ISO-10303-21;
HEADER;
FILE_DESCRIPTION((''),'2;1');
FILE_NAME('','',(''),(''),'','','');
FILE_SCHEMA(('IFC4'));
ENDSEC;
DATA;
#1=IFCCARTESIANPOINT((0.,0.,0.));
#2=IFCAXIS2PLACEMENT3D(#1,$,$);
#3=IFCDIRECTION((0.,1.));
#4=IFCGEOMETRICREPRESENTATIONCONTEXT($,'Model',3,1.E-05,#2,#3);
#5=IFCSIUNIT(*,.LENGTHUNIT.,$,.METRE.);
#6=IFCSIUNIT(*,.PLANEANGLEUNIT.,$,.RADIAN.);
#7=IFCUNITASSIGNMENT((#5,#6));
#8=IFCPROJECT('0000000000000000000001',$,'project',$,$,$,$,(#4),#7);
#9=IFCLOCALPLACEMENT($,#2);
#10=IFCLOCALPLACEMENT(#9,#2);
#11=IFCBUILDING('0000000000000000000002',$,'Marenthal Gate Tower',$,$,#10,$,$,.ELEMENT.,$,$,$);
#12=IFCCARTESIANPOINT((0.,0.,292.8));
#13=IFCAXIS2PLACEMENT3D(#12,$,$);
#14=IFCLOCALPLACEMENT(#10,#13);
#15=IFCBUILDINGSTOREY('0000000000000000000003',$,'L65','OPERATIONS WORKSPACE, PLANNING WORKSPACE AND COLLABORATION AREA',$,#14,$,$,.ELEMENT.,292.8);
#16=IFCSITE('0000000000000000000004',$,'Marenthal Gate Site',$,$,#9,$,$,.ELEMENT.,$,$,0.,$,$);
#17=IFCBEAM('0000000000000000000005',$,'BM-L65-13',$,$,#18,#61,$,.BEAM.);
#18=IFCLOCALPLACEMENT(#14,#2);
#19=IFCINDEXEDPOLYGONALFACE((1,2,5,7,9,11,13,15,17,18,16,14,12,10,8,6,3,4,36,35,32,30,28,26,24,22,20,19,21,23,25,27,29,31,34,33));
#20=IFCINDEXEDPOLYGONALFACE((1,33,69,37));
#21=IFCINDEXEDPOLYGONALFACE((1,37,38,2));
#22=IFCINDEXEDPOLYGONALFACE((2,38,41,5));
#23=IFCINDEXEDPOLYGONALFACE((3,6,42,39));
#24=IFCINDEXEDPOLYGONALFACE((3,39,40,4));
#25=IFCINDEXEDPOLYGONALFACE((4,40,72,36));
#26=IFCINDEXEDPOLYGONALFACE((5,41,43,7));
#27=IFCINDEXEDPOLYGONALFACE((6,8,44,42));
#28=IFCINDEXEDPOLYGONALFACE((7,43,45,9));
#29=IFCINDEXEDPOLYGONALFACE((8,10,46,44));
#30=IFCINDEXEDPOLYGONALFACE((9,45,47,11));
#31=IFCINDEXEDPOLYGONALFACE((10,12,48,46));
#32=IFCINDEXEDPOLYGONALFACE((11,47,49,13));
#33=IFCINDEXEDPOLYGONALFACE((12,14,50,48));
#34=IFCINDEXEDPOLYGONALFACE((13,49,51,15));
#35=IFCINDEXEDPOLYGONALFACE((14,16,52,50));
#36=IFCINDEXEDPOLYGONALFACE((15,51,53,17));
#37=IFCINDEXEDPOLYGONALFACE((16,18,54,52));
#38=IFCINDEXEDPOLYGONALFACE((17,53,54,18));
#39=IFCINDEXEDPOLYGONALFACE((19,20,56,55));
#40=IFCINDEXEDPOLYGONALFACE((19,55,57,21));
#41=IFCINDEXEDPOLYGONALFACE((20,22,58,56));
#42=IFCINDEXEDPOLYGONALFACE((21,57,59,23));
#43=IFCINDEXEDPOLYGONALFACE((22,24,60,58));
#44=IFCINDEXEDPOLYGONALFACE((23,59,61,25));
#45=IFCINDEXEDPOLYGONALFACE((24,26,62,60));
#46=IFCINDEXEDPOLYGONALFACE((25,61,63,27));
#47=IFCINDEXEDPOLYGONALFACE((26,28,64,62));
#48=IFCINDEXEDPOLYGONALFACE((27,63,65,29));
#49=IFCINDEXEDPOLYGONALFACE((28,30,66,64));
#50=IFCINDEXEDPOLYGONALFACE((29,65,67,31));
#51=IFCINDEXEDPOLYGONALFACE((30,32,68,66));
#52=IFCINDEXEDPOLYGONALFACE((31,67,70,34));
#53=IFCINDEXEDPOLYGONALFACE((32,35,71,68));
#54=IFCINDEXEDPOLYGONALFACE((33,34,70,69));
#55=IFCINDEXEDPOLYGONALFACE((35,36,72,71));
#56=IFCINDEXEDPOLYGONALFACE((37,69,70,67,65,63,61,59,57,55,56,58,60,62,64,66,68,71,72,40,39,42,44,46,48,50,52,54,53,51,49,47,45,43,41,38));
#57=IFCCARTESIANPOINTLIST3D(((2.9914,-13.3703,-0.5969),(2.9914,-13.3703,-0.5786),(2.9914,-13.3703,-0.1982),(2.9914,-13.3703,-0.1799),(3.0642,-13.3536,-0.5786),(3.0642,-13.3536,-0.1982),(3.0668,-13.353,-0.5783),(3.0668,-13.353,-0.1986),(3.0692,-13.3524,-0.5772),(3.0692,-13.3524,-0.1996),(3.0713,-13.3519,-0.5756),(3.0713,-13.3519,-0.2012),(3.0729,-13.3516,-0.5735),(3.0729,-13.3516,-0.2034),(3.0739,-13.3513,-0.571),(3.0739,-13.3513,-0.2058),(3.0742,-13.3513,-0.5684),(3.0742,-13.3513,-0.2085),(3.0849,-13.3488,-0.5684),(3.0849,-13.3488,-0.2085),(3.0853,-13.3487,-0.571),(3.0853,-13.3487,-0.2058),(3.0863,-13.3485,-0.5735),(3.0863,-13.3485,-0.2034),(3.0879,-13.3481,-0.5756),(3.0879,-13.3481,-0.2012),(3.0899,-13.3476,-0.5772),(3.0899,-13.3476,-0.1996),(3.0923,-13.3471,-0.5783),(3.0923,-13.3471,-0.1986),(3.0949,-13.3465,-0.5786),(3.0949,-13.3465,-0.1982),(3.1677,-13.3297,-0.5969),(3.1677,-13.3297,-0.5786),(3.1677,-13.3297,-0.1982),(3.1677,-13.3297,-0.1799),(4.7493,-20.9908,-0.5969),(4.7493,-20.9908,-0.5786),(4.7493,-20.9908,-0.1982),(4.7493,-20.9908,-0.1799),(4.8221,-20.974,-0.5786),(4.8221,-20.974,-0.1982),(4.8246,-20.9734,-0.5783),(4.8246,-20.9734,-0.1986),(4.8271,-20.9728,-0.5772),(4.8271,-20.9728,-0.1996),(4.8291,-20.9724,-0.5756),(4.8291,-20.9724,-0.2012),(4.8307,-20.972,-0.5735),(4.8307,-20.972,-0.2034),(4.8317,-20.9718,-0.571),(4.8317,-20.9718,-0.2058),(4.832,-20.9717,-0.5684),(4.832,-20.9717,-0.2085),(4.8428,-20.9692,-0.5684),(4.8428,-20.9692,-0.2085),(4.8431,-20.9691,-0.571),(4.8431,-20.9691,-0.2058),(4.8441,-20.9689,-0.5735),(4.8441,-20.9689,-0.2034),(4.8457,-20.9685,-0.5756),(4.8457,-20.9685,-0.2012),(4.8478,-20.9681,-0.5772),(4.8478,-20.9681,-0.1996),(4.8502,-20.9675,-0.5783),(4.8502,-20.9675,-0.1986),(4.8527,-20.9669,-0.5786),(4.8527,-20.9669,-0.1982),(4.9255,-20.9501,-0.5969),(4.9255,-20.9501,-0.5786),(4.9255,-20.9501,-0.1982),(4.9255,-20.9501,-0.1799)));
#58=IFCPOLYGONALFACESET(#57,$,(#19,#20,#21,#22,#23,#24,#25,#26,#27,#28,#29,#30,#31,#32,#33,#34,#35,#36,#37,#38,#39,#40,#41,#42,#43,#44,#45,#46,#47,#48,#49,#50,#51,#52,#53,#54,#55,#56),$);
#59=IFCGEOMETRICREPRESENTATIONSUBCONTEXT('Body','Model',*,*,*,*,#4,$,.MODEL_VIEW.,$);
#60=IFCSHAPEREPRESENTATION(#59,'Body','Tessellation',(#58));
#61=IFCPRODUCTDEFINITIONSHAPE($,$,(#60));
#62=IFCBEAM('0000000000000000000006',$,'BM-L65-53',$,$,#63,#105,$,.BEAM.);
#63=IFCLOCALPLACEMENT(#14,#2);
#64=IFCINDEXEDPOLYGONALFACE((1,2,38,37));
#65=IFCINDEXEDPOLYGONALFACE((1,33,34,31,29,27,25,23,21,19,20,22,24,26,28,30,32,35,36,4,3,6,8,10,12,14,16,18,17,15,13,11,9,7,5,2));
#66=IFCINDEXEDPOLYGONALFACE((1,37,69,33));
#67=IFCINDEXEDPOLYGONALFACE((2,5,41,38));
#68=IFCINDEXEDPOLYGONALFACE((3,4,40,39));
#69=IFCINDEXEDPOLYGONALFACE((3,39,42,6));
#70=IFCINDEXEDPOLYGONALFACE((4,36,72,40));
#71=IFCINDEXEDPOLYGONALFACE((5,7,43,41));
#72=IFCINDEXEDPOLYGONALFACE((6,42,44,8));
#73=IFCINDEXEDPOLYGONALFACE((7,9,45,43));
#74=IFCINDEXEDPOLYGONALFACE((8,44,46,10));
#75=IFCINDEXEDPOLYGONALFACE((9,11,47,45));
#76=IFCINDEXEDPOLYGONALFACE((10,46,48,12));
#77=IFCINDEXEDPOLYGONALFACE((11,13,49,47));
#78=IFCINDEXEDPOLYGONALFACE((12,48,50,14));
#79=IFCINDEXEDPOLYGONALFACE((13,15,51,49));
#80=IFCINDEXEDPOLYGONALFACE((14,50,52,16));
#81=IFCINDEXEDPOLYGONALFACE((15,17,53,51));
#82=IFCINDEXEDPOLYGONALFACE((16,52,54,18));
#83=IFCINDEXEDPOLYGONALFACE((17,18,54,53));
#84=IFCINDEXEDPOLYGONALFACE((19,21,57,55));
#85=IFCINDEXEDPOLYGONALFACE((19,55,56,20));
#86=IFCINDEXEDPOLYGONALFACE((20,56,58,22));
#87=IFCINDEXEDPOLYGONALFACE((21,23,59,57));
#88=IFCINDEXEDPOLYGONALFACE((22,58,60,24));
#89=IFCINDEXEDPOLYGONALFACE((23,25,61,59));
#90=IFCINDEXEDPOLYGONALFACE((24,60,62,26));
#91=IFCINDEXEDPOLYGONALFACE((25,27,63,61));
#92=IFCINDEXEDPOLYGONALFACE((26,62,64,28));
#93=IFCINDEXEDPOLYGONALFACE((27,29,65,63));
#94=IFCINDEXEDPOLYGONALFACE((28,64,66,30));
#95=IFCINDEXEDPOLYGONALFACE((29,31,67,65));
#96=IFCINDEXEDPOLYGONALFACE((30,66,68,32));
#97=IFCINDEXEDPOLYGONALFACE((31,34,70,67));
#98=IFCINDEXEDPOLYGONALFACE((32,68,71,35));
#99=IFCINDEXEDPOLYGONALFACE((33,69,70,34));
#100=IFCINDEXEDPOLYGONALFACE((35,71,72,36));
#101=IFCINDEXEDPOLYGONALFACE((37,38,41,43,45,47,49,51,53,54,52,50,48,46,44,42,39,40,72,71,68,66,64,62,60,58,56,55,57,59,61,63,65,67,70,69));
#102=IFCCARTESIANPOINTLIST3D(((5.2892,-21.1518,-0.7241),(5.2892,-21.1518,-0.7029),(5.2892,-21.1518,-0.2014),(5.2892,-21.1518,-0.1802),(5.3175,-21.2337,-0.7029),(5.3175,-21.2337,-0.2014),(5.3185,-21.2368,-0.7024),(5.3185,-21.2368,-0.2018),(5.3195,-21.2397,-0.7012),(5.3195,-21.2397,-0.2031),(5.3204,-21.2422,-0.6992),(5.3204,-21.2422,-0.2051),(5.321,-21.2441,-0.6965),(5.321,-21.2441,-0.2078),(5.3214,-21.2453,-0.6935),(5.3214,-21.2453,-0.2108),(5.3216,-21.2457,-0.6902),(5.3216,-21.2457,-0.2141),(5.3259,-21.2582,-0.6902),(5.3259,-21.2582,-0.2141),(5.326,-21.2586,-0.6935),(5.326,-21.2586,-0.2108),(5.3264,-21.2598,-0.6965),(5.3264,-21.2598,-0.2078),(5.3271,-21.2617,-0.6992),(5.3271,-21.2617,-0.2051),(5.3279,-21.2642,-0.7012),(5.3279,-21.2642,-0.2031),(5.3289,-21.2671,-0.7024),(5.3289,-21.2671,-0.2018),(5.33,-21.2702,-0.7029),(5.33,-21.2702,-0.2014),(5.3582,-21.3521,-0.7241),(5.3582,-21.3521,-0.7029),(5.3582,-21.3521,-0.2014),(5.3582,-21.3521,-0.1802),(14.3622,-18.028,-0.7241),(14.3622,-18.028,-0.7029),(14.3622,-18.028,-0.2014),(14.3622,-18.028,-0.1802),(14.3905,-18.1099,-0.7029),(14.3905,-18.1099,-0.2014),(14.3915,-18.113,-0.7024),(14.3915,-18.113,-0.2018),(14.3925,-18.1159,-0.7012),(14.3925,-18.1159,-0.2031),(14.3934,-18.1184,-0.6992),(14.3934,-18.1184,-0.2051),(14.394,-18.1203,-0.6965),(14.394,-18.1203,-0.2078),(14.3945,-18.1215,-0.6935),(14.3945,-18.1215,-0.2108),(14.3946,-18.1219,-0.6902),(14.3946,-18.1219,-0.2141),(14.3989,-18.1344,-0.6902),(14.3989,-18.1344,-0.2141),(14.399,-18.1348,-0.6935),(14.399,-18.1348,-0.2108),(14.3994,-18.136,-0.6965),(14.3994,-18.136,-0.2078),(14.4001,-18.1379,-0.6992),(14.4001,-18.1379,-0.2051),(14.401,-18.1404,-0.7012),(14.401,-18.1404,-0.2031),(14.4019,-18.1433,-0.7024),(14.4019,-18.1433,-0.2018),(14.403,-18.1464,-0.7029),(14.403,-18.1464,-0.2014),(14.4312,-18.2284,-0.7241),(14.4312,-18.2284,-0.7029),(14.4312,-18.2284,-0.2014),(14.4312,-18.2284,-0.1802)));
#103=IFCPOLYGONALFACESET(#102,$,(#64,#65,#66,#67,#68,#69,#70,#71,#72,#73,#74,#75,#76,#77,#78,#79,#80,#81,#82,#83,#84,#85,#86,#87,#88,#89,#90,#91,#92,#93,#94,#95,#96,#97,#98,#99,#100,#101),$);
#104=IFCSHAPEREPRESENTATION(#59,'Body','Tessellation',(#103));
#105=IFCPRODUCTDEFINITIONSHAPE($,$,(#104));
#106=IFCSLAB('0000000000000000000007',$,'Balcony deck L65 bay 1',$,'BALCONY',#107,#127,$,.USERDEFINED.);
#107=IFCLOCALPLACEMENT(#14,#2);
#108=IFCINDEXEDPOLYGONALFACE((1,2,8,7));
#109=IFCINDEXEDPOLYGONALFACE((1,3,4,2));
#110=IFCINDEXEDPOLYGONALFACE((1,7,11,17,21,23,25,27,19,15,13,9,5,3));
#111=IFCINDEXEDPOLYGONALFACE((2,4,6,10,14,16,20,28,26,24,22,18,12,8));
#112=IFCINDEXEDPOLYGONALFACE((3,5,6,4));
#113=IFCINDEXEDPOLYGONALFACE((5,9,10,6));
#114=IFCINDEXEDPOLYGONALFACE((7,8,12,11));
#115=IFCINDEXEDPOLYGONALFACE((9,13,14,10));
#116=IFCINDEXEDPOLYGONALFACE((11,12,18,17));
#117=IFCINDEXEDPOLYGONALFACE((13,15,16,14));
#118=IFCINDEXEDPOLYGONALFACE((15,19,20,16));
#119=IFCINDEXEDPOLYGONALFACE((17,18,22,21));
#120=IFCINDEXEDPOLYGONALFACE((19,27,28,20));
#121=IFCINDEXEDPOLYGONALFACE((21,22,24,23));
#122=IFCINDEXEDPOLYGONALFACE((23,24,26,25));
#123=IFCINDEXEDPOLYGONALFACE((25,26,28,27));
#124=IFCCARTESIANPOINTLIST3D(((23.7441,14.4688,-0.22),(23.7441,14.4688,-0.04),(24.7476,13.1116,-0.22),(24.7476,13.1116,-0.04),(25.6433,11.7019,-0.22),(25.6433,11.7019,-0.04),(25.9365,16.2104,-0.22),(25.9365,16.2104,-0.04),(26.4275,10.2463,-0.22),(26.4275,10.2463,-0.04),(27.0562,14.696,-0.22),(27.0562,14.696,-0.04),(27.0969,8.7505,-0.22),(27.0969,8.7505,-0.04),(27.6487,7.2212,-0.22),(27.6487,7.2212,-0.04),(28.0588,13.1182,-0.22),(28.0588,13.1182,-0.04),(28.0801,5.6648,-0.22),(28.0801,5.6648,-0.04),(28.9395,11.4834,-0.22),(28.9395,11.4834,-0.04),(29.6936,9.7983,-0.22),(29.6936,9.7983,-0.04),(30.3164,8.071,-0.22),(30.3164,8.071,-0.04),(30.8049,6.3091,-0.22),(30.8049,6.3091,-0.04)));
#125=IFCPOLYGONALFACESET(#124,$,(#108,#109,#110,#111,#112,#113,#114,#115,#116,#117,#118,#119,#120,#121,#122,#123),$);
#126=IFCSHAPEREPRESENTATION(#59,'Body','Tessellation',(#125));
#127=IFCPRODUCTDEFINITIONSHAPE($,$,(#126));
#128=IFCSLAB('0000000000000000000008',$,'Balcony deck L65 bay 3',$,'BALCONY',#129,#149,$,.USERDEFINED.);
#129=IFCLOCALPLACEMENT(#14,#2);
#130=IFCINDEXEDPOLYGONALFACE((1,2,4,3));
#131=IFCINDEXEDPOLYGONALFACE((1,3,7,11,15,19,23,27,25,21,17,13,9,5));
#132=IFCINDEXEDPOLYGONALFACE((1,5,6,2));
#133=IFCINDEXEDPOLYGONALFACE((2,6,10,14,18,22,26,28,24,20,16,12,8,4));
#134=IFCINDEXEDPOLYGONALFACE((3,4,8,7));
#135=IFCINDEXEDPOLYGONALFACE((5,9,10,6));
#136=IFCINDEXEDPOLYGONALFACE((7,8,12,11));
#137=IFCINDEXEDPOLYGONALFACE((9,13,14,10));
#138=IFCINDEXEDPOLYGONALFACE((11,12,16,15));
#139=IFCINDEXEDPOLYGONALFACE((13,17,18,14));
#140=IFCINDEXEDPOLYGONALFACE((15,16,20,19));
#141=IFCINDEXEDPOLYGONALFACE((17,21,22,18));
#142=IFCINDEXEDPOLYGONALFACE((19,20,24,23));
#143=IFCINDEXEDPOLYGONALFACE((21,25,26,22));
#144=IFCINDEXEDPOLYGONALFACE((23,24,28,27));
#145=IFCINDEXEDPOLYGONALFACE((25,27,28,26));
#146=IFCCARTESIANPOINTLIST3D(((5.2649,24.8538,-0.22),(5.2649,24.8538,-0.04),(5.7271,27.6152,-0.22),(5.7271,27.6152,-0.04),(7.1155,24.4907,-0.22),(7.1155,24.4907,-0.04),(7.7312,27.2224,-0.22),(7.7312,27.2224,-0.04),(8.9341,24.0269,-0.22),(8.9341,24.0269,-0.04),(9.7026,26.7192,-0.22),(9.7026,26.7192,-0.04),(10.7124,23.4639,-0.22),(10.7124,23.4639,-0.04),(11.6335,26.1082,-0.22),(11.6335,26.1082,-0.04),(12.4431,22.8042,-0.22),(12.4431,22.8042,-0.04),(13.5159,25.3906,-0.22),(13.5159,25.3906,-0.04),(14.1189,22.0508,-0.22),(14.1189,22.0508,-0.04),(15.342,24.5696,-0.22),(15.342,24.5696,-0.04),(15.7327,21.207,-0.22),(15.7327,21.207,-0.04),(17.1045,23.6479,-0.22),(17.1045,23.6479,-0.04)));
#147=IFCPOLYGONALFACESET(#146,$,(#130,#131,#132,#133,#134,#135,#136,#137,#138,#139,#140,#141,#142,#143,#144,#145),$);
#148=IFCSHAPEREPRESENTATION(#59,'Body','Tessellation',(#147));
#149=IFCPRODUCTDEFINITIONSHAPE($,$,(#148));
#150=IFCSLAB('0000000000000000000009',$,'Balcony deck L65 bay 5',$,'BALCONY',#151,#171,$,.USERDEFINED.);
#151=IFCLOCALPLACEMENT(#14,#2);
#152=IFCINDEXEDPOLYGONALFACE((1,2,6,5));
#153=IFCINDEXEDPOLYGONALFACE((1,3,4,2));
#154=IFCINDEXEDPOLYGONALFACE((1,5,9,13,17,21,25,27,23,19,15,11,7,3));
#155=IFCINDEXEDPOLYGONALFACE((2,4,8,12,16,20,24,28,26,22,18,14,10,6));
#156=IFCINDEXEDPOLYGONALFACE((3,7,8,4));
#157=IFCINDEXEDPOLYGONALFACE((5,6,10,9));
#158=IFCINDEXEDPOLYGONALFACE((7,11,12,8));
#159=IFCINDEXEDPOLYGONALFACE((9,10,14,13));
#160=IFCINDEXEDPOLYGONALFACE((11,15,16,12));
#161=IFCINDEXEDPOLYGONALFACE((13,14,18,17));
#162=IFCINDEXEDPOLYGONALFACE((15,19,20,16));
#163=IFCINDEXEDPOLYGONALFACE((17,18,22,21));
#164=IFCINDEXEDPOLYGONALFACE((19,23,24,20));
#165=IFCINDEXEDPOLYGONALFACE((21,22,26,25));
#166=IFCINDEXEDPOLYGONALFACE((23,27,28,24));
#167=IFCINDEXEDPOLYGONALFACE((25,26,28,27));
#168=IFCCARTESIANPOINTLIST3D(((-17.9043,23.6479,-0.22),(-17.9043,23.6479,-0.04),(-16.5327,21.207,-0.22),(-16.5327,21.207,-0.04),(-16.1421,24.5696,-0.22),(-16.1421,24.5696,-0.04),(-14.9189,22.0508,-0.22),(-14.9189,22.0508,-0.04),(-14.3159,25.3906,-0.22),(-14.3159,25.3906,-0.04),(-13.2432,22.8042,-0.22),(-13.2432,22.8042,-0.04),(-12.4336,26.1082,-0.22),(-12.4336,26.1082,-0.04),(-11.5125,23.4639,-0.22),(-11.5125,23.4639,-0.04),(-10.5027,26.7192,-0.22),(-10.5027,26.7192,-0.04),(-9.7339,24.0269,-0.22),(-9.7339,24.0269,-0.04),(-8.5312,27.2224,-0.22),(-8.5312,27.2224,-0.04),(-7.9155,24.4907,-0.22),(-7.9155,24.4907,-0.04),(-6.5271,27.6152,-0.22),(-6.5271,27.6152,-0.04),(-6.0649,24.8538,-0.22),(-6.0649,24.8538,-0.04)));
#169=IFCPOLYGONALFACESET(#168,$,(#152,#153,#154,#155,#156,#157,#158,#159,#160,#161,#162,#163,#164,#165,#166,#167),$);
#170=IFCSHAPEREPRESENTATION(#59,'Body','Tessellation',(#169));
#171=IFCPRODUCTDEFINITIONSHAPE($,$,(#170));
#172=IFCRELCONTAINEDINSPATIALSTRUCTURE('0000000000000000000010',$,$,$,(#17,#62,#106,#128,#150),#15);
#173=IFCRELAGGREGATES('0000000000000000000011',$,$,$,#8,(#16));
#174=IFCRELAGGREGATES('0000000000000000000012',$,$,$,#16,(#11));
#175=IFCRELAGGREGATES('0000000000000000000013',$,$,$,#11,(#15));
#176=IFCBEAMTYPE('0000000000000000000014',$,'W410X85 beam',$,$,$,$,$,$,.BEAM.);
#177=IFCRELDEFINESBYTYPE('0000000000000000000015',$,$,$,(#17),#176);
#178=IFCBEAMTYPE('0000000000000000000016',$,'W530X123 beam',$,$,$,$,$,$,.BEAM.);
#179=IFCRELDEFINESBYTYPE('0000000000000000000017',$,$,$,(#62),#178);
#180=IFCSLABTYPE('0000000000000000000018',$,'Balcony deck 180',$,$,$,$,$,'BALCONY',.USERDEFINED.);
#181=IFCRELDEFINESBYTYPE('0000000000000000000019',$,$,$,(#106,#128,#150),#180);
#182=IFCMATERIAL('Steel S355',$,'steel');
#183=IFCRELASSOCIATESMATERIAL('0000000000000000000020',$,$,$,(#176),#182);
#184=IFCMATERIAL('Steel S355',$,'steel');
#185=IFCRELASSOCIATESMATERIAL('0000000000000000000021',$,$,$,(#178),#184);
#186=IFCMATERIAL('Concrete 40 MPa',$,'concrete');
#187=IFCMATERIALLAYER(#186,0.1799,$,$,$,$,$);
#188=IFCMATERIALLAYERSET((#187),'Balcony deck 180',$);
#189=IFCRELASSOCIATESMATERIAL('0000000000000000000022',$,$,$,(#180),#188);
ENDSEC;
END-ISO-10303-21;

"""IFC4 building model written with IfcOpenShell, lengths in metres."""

from ifc_helpers import new_model, si_unit, direction, frame, origin, origin_2d, place, context, subcontext, project, spatial, polyline, i_section, outline, extrude, material, layer, layer_set, material_profile, profile_set, type_object, element, save


model = new_model("IFC4")

# Units and contexts
model_context = context("Model", 3, precision=1e-05, world=origin(), true_north=direction((0.0, 1.0)))
body_context = subcontext(model_context, "Body", "Model", "MODEL_VIEW")
ifc_project = project(units=[si_unit("LENGTHUNIT", "METRE"), si_unit("PLANEANGLEUNIT", "RADIAN")], contexts=[model_context])

# Site, building, storey
site_placement = place(None, origin())
site = spatial("IfcSite", under=ifc_project, at=site_placement, Name="Marenthal Gate Site", CompositionType="ELEMENT", RefElevation=0.0)
building_placement = place(site_placement, origin())
building = spatial("IfcBuilding", under=site, at=building_placement, Name="Marenthal Gate Tower", CompositionType="ELEMENT")
storey_placement = place(building_placement, frame((0.0, 0.0, 292.8)))
storey = spatial("IfcBuildingStorey", under=building, at=storey_placement, Name="L65", Description="OPERATIONS WORKSPACE, PLANNING WORKSPACE AND COLLABORATION AREA", CompositionType="ELEMENT", Elevation=292.8)

# Beams
ifc_material_1 = material(Name="Steel S355", Category="steel")
ifc_material_profile_1 = material_profile(ifc_material_1, i_section(OverallWidth=0.1809, OverallDepth=0.417, WebThickness=0.011, FlangeThickness=0.0183, FilletRadius=0.0103, at=origin_2d()), Name="W410X85")
ifc_profile_set_1 = profile_set([ifc_material_profile_1], Name="Steel S355")
beam_type_1 = type_object("IfcBeamType", Name="W410X85 beam", PredefinedType="BEAM", material=ifc_profile_set_1)
beam_1_placement = place(storey_placement, frame((4.8374, -20.9705, -0.3884), z_axis=(-0.224771, 0.974412, 0.0), x_axis=(-0.974412, -0.224771, 0.0)))
element("IfcBeam", 1, at=beam_1_placement, inside=storey, type_object=beam_type_1, Name="BM-L65-13", PredefinedType="BEAM", context=body_context, shape_type="SweptSolid", body=[
    extrude(i_section(OverallWidth=0.1809, OverallDepth=0.417, WebThickness=0.011, FlangeThickness=0.0183, FilletRadius=0.0103, at=origin_2d()), origin(), (0.0, 0.0, 1.0), 7.8206),
])
ifc_material_2 = material(Name="Steel S355", Category="steel")
ifc_material_profile_2 = material_profile(ifc_material_2, i_section(OverallWidth=0.2119, OverallDepth=0.5439, WebThickness=0.0132, FlangeThickness=0.0212, FilletRadius=0.0127, at=origin_2d()), Name="W530X123")
ifc_profile_set_2 = profile_set([ifc_material_profile_2], Name="Steel S355")
beam_type_2 = type_object("IfcBeamType", Name="W530X123 beam", PredefinedType="BEAM", material=ifc_profile_set_2)
beam_2_placement = place(storey_placement, frame((5.3237, -21.252, -0.4521), z_axis=(0.945528, 0.32554, 0.0), x_axis=(-0.32554, 0.945528, 0.0)))
element("IfcBeam", 2, at=beam_2_placement, inside=storey, type_object=beam_type_2, Name="BM-L65-53", PredefinedType="BEAM", context=body_context, shape_type="SweptSolid", body=[
    extrude(i_section(OverallWidth=0.2119, OverallDepth=0.5439, WebThickness=0.0132, FlangeThickness=0.0212, FilletRadius=0.0127, at=origin_2d()), origin(), (0.0, 0.0, 1.0), 9.5957),
])

# Slabs
ifc_material_3 = material(Name="Concrete 40 MPa", Category="concrete")
ifc_layer_1 = layer(ifc_material_3, 0.1799)
ifc_layer_set_1 = layer_set([ifc_layer_1], Name="Balcony deck 180")
slab_type_1 = type_object("IfcSlabType", Name="Balcony deck 180", ElementType="BALCONY", PredefinedType="USERDEFINED", material=ifc_layer_set_1)
slab_1_placement = place(storey_placement, frame((0.0, 0.0, -0.22)))
element("IfcSlab", 3, at=slab_1_placement, inside=storey, type_object=slab_type_1, Name="Balcony deck L65 bay 1", ObjectType="BALCONY", PredefinedType="USERDEFINED", context=body_context, shape_type="SweptSolid", body=[
    extrude(outline(polyline([(28.0801, 5.6648), (27.6487, 7.2212), (27.0969, 8.7505), (26.4275, 10.2463), (25.6433, 11.7019), (24.7476, 13.1116), (23.7441, 14.4688), (25.9365, 16.2104), (27.0562, 14.696), (28.0588, 13.1182), (28.9395, 11.4834), (29.6936, 9.7983), (30.3164, 8.071), (30.8049, 6.3091), (28.0801, 5.6648)])), origin(), (0.0, 0.0, 1.0), 0.1799),
])
slab_2_placement = place(storey_placement, frame((0.0, 0.0, -0.22)))
element("IfcSlab", 4, at=slab_2_placement, inside=storey, type_object=slab_type_1, Name="Balcony deck L65 bay 3", ObjectType="BALCONY", PredefinedType="USERDEFINED", context=body_context, shape_type="SweptSolid", body=[
    extrude(outline(polyline([(15.7327, 21.207), (14.1189, 22.0508), (12.4431, 22.8042), (10.7124, 23.4639), (8.9341, 24.0269), (7.1155, 24.4907), (5.2649, 24.8538), (5.7271, 27.6152), (7.7312, 27.2224), (9.7026, 26.7192), (11.6335, 26.1082), (13.5159, 25.3906), (15.342, 24.5696), (17.1045, 23.6479), (15.7327, 21.207)])), origin(), (0.0, 0.0, 1.0), 0.1799),
])
slab_3_placement = place(storey_placement, frame((0.0, 0.0, -0.22)))
element("IfcSlab", 5, at=slab_3_placement, inside=storey, type_object=slab_type_1, Name="Balcony deck L65 bay 5", ObjectType="BALCONY", PredefinedType="USERDEFINED", context=body_context, shape_type="SweptSolid", body=[
    extrude(outline(polyline([(-6.0649, 24.8538), (-7.9155, 24.4907), (-9.7339, 24.0269), (-11.5125, 23.4639), (-13.2432, 22.8042), (-14.9189, 22.0508), (-16.5327, 21.207), (-17.9043, 23.6479), (-16.1421, 24.5696), (-14.3159, 25.3906), (-12.4336, 26.1082), (-10.5027, 26.7192), (-8.5312, 27.2224), (-6.5271, 27.6152), (-6.0649, 24.8538)])), origin(), (0.0, 0.0, 1.0), 0.1799),
])

save(model, "model.ifc")
